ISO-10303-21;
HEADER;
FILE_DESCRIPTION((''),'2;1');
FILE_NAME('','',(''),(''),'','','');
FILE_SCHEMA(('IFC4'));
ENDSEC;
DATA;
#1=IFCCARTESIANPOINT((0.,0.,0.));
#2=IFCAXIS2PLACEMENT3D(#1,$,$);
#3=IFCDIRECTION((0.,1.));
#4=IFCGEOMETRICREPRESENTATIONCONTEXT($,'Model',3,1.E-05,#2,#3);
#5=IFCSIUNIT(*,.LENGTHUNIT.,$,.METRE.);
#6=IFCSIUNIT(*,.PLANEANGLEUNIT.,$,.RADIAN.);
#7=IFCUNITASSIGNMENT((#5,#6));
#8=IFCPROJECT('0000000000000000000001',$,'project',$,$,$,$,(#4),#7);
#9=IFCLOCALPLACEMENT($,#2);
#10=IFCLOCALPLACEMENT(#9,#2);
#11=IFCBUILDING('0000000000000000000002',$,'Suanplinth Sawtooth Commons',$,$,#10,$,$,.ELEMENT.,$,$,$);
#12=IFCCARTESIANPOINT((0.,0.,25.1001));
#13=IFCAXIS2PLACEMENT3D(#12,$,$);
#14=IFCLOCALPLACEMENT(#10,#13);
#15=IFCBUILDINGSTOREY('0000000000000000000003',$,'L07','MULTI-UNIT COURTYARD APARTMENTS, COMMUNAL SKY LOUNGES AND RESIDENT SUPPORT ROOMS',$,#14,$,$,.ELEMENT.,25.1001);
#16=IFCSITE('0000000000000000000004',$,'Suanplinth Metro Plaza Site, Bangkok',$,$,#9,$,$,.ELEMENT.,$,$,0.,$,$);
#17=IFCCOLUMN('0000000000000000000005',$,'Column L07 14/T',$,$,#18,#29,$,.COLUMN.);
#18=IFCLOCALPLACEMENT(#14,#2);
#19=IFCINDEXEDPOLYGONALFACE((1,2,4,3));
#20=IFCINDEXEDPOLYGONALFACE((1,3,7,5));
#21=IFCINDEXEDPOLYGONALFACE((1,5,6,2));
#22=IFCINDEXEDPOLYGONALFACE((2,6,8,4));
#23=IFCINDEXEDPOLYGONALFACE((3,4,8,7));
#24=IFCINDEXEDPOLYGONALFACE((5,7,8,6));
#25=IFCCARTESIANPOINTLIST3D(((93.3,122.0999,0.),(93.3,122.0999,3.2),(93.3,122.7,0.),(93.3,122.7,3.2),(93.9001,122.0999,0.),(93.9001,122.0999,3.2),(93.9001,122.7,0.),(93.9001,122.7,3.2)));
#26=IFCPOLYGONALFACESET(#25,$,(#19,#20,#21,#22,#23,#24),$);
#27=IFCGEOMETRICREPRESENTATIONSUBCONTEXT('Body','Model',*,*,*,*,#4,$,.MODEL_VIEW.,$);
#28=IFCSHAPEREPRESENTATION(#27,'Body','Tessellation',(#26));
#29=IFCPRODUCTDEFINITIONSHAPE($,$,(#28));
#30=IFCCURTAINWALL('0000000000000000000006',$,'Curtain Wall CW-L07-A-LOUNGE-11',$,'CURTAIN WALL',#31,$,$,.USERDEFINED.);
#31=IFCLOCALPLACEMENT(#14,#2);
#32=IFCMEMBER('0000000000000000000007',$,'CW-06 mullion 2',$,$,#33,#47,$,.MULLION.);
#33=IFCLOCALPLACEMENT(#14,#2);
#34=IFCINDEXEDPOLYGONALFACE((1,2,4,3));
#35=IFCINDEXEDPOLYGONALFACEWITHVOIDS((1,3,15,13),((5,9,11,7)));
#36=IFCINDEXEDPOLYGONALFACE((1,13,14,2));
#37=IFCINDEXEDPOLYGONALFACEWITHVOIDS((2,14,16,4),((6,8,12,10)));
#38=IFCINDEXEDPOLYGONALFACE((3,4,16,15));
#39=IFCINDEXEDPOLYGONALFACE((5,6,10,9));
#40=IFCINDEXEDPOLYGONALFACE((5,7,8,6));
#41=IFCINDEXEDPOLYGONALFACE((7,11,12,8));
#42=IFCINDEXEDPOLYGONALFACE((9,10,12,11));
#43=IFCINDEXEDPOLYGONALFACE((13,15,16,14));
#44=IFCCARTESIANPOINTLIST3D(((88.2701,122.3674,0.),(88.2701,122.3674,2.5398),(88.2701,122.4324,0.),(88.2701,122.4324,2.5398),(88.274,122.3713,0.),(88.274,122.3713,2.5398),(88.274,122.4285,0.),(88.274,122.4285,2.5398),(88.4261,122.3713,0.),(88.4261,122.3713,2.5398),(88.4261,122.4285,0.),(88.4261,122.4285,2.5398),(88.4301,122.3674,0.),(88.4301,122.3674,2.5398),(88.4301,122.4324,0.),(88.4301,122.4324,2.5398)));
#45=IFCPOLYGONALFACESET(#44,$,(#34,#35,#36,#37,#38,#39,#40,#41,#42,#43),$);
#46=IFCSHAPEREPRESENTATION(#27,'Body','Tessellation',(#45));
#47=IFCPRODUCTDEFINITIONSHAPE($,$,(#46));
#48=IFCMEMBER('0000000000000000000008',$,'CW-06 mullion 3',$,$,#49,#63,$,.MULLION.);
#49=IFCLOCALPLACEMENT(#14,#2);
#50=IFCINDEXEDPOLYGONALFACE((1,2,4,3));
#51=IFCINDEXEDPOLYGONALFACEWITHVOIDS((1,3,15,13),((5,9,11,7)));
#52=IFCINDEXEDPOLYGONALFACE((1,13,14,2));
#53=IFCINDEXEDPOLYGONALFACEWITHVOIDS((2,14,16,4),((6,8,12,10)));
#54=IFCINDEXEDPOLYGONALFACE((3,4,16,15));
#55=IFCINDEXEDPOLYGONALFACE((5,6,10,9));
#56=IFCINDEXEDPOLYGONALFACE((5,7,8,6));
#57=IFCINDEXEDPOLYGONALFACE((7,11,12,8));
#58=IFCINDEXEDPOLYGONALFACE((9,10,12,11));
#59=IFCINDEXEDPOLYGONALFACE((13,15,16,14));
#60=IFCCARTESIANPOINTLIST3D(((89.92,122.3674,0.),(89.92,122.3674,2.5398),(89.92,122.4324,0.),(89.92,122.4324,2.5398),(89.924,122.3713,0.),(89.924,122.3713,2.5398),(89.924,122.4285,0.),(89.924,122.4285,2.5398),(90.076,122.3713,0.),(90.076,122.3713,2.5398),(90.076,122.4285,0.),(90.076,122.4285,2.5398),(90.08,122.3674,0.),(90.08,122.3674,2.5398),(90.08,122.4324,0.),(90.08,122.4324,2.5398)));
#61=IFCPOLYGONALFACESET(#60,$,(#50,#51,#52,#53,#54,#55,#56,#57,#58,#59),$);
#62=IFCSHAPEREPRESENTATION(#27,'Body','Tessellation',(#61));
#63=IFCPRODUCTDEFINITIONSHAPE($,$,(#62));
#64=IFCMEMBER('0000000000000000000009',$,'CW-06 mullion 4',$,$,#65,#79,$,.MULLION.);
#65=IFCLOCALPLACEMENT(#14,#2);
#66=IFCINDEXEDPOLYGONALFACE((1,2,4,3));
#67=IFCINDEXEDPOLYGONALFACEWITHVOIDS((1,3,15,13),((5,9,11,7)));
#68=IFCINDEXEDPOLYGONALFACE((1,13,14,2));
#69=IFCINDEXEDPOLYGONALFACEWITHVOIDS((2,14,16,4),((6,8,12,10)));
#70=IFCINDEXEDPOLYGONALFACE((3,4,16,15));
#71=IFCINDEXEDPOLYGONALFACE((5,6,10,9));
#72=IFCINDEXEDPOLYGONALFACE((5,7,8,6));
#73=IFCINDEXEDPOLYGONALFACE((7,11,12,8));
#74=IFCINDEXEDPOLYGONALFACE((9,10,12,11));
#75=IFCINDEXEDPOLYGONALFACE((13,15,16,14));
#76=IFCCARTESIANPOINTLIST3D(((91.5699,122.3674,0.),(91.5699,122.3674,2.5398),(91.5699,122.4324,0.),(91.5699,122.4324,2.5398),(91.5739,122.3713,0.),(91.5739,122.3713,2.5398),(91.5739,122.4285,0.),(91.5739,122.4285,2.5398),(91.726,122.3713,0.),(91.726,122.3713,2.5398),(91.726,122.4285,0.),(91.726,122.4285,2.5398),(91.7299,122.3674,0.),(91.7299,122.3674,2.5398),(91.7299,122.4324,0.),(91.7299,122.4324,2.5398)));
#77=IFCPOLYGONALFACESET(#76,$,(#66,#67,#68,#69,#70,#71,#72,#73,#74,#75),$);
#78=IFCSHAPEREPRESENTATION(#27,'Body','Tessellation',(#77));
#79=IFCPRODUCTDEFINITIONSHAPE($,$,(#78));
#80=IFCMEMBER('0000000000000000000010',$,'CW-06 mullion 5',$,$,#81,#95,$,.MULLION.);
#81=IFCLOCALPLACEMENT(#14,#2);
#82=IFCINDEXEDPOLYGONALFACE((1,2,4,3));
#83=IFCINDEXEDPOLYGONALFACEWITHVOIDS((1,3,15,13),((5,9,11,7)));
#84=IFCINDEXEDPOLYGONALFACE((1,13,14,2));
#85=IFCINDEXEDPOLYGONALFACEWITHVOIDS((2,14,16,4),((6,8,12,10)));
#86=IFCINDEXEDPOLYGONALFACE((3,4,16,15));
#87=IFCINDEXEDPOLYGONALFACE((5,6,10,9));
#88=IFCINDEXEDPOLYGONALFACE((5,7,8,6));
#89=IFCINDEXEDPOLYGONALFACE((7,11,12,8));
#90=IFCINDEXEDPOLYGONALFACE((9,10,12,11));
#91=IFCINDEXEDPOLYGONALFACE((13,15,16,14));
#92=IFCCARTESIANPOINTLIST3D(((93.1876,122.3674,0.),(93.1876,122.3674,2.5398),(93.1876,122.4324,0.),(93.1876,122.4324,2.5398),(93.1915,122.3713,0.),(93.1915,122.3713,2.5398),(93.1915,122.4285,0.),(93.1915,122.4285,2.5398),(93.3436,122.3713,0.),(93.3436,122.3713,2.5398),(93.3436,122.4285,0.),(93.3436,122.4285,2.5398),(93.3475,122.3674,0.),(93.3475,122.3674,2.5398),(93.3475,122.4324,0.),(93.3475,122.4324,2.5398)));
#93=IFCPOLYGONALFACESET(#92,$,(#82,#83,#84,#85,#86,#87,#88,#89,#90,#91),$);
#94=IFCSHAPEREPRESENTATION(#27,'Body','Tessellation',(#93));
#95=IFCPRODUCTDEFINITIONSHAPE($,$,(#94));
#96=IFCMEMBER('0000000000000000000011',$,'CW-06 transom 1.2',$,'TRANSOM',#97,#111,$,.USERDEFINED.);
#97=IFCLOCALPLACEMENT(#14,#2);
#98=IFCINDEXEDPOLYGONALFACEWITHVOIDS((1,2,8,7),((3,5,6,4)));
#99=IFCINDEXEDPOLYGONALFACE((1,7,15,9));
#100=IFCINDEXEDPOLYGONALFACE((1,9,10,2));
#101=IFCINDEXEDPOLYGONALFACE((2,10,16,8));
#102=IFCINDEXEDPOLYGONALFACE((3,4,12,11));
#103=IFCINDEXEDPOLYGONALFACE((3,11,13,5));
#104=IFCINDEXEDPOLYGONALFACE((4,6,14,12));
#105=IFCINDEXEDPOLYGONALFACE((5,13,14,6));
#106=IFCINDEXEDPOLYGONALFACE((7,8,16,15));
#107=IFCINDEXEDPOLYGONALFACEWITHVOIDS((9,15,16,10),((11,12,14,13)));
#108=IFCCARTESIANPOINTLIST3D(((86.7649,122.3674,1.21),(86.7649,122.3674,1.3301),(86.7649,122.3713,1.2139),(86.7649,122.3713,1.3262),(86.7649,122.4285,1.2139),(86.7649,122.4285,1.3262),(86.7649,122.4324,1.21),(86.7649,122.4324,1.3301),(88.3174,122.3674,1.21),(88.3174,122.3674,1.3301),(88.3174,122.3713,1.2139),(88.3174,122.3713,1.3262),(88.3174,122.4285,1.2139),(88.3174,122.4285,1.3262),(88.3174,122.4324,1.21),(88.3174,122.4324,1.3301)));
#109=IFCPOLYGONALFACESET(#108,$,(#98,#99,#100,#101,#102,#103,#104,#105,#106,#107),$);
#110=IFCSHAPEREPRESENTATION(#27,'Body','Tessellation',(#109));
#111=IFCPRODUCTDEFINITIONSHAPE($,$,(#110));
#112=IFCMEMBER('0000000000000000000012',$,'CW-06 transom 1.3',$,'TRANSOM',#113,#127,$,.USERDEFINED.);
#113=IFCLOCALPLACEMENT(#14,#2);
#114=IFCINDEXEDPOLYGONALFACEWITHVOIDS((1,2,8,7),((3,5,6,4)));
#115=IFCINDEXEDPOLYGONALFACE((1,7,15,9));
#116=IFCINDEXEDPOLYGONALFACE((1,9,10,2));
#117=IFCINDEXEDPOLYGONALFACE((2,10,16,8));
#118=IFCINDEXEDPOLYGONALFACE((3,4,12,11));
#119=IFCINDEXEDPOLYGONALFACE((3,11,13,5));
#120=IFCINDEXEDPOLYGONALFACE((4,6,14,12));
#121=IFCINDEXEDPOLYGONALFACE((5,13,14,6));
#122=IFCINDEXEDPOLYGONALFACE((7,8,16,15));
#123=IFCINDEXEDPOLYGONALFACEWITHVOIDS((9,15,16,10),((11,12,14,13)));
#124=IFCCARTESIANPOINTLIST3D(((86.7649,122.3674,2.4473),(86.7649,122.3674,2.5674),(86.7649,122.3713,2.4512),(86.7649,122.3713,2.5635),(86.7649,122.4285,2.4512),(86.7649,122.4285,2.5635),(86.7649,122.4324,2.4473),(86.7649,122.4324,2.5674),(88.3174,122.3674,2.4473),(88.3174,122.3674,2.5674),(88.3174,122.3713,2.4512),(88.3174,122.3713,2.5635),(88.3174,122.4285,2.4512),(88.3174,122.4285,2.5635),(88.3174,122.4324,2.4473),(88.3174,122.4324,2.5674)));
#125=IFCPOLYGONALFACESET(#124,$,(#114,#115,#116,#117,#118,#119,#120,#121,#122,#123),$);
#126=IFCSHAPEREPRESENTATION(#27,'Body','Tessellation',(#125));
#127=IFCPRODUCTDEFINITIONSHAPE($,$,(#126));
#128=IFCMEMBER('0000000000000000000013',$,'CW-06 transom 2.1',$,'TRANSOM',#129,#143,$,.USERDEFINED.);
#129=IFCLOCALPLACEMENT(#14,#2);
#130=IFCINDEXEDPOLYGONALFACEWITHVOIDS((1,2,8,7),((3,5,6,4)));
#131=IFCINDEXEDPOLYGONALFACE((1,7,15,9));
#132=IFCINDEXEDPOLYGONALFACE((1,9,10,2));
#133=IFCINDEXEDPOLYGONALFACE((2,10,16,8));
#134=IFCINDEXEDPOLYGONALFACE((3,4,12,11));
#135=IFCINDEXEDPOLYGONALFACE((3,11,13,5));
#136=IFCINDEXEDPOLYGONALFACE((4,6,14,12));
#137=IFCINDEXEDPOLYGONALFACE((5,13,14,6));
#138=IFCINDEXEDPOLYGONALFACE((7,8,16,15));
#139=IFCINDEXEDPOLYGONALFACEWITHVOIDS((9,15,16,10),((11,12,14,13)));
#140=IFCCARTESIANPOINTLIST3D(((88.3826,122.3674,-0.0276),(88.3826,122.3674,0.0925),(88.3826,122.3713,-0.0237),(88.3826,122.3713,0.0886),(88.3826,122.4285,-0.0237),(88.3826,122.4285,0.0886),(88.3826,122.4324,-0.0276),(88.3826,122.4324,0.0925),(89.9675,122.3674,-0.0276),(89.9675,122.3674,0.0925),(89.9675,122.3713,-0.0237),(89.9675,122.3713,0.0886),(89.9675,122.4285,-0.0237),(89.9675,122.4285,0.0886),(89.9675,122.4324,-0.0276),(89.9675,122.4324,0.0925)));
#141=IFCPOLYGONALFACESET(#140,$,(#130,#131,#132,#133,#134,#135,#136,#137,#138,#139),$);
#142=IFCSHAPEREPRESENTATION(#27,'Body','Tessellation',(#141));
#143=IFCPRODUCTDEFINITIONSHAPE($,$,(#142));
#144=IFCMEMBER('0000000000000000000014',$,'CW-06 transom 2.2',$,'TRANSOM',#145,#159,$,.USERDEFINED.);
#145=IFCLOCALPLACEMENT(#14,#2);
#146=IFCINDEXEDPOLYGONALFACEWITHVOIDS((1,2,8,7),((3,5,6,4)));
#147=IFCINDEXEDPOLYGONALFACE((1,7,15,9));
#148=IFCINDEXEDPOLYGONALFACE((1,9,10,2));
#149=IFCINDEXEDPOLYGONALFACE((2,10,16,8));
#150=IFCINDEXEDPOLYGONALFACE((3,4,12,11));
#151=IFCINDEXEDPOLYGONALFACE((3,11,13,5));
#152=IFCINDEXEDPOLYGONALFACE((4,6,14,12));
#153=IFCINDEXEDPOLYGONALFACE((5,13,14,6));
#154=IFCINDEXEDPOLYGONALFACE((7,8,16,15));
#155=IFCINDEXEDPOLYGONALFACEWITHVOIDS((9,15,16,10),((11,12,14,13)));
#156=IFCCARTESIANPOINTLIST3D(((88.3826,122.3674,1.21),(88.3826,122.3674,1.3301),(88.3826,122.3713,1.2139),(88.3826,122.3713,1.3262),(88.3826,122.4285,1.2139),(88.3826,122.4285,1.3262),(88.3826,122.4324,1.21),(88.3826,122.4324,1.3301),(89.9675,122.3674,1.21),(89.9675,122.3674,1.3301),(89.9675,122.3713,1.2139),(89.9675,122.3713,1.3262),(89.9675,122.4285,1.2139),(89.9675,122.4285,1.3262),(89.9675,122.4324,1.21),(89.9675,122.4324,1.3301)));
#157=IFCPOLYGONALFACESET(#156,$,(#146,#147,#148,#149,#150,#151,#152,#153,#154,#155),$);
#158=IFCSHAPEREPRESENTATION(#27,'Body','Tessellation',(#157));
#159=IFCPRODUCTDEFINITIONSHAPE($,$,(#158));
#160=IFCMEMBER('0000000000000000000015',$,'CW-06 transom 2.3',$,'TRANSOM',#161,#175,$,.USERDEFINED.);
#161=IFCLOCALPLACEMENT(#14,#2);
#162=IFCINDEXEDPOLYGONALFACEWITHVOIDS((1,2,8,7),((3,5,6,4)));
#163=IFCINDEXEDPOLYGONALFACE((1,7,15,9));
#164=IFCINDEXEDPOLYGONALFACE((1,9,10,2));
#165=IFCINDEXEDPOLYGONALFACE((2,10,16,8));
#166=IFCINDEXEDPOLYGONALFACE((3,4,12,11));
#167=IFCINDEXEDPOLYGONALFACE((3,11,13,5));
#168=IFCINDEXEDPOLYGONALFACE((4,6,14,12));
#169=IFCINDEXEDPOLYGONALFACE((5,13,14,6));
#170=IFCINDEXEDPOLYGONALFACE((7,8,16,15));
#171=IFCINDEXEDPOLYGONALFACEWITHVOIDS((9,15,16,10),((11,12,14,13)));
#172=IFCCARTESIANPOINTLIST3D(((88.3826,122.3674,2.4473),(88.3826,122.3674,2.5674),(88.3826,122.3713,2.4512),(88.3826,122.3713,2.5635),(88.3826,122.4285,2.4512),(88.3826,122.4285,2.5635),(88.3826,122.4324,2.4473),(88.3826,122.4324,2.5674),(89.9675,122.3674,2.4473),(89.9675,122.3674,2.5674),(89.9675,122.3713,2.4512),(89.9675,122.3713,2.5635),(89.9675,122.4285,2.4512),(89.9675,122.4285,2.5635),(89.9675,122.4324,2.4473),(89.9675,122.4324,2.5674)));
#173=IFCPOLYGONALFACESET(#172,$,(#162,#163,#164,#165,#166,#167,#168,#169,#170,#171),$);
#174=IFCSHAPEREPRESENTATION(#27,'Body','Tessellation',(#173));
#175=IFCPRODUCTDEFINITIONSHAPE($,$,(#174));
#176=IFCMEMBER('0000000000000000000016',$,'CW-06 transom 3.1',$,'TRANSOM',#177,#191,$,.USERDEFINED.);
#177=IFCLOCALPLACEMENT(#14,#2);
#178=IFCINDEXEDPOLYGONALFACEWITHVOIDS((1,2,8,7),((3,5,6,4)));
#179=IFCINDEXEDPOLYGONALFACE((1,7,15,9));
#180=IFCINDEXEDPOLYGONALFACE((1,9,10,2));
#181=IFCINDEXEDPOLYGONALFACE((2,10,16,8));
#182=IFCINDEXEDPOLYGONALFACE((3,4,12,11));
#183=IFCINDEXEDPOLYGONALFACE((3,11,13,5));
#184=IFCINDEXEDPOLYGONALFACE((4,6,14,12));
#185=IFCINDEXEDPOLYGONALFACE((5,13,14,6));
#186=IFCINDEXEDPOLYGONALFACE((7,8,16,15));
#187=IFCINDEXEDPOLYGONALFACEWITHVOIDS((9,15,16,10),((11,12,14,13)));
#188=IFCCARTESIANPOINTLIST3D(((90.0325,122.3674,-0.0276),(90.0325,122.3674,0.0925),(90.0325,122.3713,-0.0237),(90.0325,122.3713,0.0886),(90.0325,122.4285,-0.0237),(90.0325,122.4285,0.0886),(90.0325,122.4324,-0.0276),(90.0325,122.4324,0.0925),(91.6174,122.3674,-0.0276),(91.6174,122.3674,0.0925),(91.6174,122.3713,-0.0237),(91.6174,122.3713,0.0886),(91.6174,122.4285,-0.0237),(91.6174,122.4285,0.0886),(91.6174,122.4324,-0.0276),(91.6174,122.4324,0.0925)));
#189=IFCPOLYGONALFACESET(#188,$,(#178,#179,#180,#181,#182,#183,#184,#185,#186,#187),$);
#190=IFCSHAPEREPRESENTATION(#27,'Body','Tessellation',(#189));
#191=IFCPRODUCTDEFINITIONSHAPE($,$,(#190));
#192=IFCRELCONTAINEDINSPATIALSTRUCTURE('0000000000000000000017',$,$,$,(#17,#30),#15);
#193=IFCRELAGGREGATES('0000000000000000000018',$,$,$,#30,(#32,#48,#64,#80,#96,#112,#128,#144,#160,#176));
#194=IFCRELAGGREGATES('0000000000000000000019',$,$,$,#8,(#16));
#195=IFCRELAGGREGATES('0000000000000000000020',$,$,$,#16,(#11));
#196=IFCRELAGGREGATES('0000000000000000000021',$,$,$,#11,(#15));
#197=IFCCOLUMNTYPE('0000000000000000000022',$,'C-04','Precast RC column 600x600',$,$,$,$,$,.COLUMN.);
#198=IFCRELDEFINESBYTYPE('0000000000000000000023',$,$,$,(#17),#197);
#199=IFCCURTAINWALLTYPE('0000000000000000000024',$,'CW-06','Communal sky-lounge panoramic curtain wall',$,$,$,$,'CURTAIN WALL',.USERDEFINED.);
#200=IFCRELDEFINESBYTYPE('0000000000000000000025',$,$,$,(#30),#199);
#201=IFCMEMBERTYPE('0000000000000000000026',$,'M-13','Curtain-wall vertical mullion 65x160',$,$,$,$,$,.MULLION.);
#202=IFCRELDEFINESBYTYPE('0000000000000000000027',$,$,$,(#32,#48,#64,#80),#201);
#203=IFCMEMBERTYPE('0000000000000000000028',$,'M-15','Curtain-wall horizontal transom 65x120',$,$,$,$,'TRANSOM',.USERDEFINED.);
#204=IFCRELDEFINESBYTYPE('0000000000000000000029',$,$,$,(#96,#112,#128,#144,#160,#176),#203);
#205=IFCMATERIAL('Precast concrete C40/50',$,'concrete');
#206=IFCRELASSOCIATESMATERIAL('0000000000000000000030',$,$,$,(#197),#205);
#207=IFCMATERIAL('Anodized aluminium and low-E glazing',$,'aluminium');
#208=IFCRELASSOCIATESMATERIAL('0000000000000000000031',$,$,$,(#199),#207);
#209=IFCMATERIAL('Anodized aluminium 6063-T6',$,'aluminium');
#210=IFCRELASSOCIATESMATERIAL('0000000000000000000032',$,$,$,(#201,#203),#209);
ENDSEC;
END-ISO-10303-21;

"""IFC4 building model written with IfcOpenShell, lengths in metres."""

from ifc_helpers import new_model, si_unit, direction, frame, origin, origin_2d, place, context, subcontext, project, spatial, rectangle, hollow_rectangle, extrude, material, material_profile, profile_set, type_object, element, aggregate, save


model = new_model("IFC4")

# Units and contexts
model_context = context("Model", 3, precision=1e-05, world=origin(), true_north=direction((0.0, 1.0)))
body_context = subcontext(model_context, "Body", "Model", "MODEL_VIEW")
ifc_project = project(units=[si_unit("LENGTHUNIT", "METRE"), si_unit("PLANEANGLEUNIT", "RADIAN")], contexts=[model_context])

# Site, building, storey
site_placement = place(None, origin())
site = spatial("IfcSite", under=ifc_project, at=site_placement, Name="Suanplinth Metro Plaza Site, Bangkok", CompositionType="ELEMENT", RefElevation=0.0)
building_placement = place(site_placement, origin())
building = spatial("IfcBuilding", under=site, at=building_placement, Name="Suanplinth Sawtooth Commons", CompositionType="ELEMENT")
storey_placement = place(building_placement, frame((0.0, 0.0, 25.1001)))
storey = spatial("IfcBuildingStorey", under=building, at=storey_placement, Name="L07", Description="MULTI-UNIT COURTYARD APARTMENTS, COMMUNAL SKY LOUNGES AND RESIDENT SUPPORT ROOMS", CompositionType="ELEMENT", Elevation=25.1001)

# Column
ifc_material_1 = material(Name="Precast concrete C40/50", Category="concrete")
ifc_material_profile_1 = material_profile(ifc_material_1, rectangle(XDim=0.6001, YDim=0.6001, at=origin_2d()), Name="PC-COL 600x600")
ifc_profile_set_1 = profile_set([ifc_material_profile_1], Name="Precast concrete C40/50")
column_type = type_object("IfcColumnType", Name="C-04", Description="Precast RC column 600x600", PredefinedType="COLUMN", material=ifc_profile_set_1)
column_placement = place(storey_placement, frame((93.6001, 122.3999, 0.0), z_axis=(0.0, 0.0, 1.0), x_axis=(1.0, 0.0, 0.0)))
element("IfcColumn", 1, at=column_placement, inside=storey, type_object=column_type, Name="Column L07 14/T", PredefinedType="COLUMN", context=body_context, shape_type="SweptSolid", body=[
    extrude(rectangle(XDim=0.6001, YDim=0.6001, at=origin_2d()), origin(), (0.0, 0.0, 1.0), 3.2),
])

# Curtain wall, members
ifc_material_2 = material(Name="Anodized aluminium and low-E glazing", Category="aluminium")
curtain_wall_type = type_object("IfcCurtainWallType", Name="CW-06", Description="Communal sky-lounge panoramic curtain wall", ElementType="CURTAIN WALL", PredefinedType="USERDEFINED", material=ifc_material_2)
curtain_wall_placement = place(storey_placement, origin())
curtain_wall = element("IfcCurtainWall", 2, at=curtain_wall_placement, inside=storey, type_object=curtain_wall_type, Name="Curtain Wall CW-L07-A-LOUNGE-11", ObjectType="CURTAIN WALL", PredefinedType="USERDEFINED")
ifc_material_3 = material(Name="Anodized aluminium 6063-T6", Category="aluminium")
ifc_material_profile_2 = material_profile(ifc_material_3, hollow_rectangle(XDim=0.0649, YDim=0.1599, WallThickness=0.0039, at=origin_2d()), Name="ALU-MUL 65x160")
ifc_profile_set_2 = profile_set([ifc_material_profile_2], Name="Anodized aluminium 6063-T6")
member_type_1 = type_object("IfcMemberType", Name="M-13", Description="Curtain-wall vertical mullion 65x160", PredefinedType="MULLION", material=ifc_profile_set_2)
member_1_placement = place(storey_placement, frame((88.3501, 122.3999, 0.0), z_axis=(0.0, 0.0, 1.0), x_axis=(0.0, 1.0, 0.0)))
member_1 = element("IfcMember", 3, at=member_1_placement, type_object=member_type_1, Name="CW-06 mullion 2", PredefinedType="MULLION", context=body_context, shape_type="SweptSolid", body=[
    extrude(hollow_rectangle(XDim=0.0649, YDim=0.1599, WallThickness=0.0039, at=origin_2d()), origin(), (0.0, 0.0, 1.0), 2.5398),
])
member_2_placement = place(storey_placement, frame((90.0, 122.3999, 0.0), z_axis=(0.0, 0.0, 1.0), x_axis=(0.0, 1.0, 0.0)))
member_2 = element("IfcMember", 4, at=member_2_placement, type_object=member_type_1, Name="CW-06 mullion 3", PredefinedType="MULLION", context=body_context, shape_type="SweptSolid", body=[
    extrude(hollow_rectangle(XDim=0.0649, YDim=0.1599, WallThickness=0.0039, at=origin_2d()), origin(), (0.0, 0.0, 1.0), 2.5398),
])
member_3_placement = place(storey_placement, frame((91.6499, 122.3999, 0.0), z_axis=(0.0, 0.0, 1.0), x_axis=(0.0, 1.0, 0.0)))
member_3 = element("IfcMember", 5, at=member_3_placement, type_object=member_type_1, Name="CW-06 mullion 4", PredefinedType="MULLION", context=body_context, shape_type="SweptSolid", body=[
    extrude(hollow_rectangle(XDim=0.0649, YDim=0.1599, WallThickness=0.0039, at=origin_2d()), origin(), (0.0, 0.0, 1.0), 2.5398),
])
member_4_placement = place(storey_placement, frame((93.2676, 122.3999, 0.0), z_axis=(0.0, 0.0, 1.0), x_axis=(0.0, 1.0, 0.0)))
member_4 = element("IfcMember", 6, at=member_4_placement, type_object=member_type_1, Name="CW-06 mullion 5", PredefinedType="MULLION", context=body_context, shape_type="SweptSolid", body=[
    extrude(hollow_rectangle(XDim=0.0649, YDim=0.1599, WallThickness=0.0039, at=origin_2d()), origin(), (0.0, 0.0, 1.0), 2.5398),
])
ifc_material_profile_3 = material_profile(ifc_material_3, hollow_rectangle(XDim=0.0649, YDim=0.1201, WallThickness=0.0039, at=origin_2d()), Name="ALU-TRN 65x120")
ifc_profile_set_3 = profile_set([ifc_material_profile_3], Name="Anodized aluminium 6063-T6")
member_type_2 = type_object("IfcMemberType", Name="M-15", Description="Curtain-wall horizontal transom 65x120", ElementType="TRANSOM", PredefinedType="USERDEFINED", material=ifc_profile_set_3)
member_5_placement = place(storey_placement, frame((86.7649, 122.3999, 1.27), z_axis=(1.0, 0.0, 0.0), x_axis=(0.0, 1.0, 0.0)))
member_5 = element("IfcMember", 7, at=member_5_placement, type_object=member_type_2, Name="CW-06 transom 1.2", ObjectType="TRANSOM", PredefinedType="USERDEFINED", context=body_context, shape_type="SweptSolid", body=[
    extrude(hollow_rectangle(XDim=0.0649, YDim=0.1201, WallThickness=0.0039, at=origin_2d()), origin(), (0.0, 0.0, 1.0), 1.5525),
])
member_6_placement = place(storey_placement, frame((86.7649, 122.3999, 2.5073), z_axis=(1.0, 0.0, 0.0), x_axis=(0.0, 1.0, 0.0)))
member_6 = element("IfcMember", 8, at=member_6_placement, type_object=member_type_2, Name="CW-06 transom 1.3", ObjectType="TRANSOM", PredefinedType="USERDEFINED", context=body_context, shape_type="SweptSolid", body=[
    extrude(hollow_rectangle(XDim=0.0649, YDim=0.1201, WallThickness=0.0039, at=origin_2d()), origin(), (0.0, 0.0, 1.0), 1.5525),
])
member_7_placement = place(storey_placement, frame((88.3826, 122.3999, 0.0325), z_axis=(1.0, 0.0, 0.0), x_axis=(0.0, 1.0, 0.0)))
member_7 = element("IfcMember", 9, at=member_7_placement, type_object=member_type_2, Name="CW-06 transom 2.1", ObjectType="TRANSOM", PredefinedType="USERDEFINED", context=body_context, shape_type="SweptSolid", body=[
    extrude(hollow_rectangle(XDim=0.0649, YDim=0.1201, WallThickness=0.0039, at=origin_2d()), origin(), (0.0, 0.0, 1.0), 1.585),
])
member_8_placement = place(storey_placement, frame((88.3826, 122.3999, 1.27), z_axis=(1.0, 0.0, 0.0), x_axis=(0.0, 1.0, 0.0)))
member_8 = element("IfcMember", 10, at=member_8_placement, type_object=member_type_2, Name="CW-06 transom 2.2", ObjectType="TRANSOM", PredefinedType="USERDEFINED", context=body_context, shape_type="SweptSolid", body=[
    extrude(hollow_rectangle(XDim=0.0649, YDim=0.1201, WallThickness=0.0039, at=origin_2d()), origin(), (0.0, 0.0, 1.0), 1.585),
])
member_9_placement = place(storey_placement, frame((88.3826, 122.3999, 2.5073), z_axis=(1.0, 0.0, 0.0), x_axis=(0.0, 1.0, 0.0)))
member_9 = element("IfcMember", 11, at=member_9_placement, type_object=member_type_2, Name="CW-06 transom 2.3", ObjectType="TRANSOM", PredefinedType="USERDEFINED", context=body_context, shape_type="SweptSolid", body=[
    extrude(hollow_rectangle(XDim=0.0649, YDim=0.1201, WallThickness=0.0039, at=origin_2d()), origin(), (0.0, 0.0, 1.0), 1.585),
])
member_10_placement = place(storey_placement, frame((90.0325, 122.3999, 0.0325), z_axis=(1.0, 0.0, 0.0), x_axis=(0.0, 1.0, 0.0)))
member_10 = element("IfcMember", 12, at=member_10_placement, type_object=member_type_2, Name="CW-06 transom 3.1", ObjectType="TRANSOM", PredefinedType="USERDEFINED", context=body_context, shape_type="SweptSolid", body=[
    extrude(hollow_rectangle(XDim=0.0649, YDim=0.1201, WallThickness=0.0039, at=origin_2d()), origin(), (0.0, 0.0, 1.0), 1.585),
])
aggregate(curtain_wall, [member_1, member_2, member_3, member_4, member_5, member_6, member_7, member_8, member_9, member_10])

save(model, "model.ifc")
